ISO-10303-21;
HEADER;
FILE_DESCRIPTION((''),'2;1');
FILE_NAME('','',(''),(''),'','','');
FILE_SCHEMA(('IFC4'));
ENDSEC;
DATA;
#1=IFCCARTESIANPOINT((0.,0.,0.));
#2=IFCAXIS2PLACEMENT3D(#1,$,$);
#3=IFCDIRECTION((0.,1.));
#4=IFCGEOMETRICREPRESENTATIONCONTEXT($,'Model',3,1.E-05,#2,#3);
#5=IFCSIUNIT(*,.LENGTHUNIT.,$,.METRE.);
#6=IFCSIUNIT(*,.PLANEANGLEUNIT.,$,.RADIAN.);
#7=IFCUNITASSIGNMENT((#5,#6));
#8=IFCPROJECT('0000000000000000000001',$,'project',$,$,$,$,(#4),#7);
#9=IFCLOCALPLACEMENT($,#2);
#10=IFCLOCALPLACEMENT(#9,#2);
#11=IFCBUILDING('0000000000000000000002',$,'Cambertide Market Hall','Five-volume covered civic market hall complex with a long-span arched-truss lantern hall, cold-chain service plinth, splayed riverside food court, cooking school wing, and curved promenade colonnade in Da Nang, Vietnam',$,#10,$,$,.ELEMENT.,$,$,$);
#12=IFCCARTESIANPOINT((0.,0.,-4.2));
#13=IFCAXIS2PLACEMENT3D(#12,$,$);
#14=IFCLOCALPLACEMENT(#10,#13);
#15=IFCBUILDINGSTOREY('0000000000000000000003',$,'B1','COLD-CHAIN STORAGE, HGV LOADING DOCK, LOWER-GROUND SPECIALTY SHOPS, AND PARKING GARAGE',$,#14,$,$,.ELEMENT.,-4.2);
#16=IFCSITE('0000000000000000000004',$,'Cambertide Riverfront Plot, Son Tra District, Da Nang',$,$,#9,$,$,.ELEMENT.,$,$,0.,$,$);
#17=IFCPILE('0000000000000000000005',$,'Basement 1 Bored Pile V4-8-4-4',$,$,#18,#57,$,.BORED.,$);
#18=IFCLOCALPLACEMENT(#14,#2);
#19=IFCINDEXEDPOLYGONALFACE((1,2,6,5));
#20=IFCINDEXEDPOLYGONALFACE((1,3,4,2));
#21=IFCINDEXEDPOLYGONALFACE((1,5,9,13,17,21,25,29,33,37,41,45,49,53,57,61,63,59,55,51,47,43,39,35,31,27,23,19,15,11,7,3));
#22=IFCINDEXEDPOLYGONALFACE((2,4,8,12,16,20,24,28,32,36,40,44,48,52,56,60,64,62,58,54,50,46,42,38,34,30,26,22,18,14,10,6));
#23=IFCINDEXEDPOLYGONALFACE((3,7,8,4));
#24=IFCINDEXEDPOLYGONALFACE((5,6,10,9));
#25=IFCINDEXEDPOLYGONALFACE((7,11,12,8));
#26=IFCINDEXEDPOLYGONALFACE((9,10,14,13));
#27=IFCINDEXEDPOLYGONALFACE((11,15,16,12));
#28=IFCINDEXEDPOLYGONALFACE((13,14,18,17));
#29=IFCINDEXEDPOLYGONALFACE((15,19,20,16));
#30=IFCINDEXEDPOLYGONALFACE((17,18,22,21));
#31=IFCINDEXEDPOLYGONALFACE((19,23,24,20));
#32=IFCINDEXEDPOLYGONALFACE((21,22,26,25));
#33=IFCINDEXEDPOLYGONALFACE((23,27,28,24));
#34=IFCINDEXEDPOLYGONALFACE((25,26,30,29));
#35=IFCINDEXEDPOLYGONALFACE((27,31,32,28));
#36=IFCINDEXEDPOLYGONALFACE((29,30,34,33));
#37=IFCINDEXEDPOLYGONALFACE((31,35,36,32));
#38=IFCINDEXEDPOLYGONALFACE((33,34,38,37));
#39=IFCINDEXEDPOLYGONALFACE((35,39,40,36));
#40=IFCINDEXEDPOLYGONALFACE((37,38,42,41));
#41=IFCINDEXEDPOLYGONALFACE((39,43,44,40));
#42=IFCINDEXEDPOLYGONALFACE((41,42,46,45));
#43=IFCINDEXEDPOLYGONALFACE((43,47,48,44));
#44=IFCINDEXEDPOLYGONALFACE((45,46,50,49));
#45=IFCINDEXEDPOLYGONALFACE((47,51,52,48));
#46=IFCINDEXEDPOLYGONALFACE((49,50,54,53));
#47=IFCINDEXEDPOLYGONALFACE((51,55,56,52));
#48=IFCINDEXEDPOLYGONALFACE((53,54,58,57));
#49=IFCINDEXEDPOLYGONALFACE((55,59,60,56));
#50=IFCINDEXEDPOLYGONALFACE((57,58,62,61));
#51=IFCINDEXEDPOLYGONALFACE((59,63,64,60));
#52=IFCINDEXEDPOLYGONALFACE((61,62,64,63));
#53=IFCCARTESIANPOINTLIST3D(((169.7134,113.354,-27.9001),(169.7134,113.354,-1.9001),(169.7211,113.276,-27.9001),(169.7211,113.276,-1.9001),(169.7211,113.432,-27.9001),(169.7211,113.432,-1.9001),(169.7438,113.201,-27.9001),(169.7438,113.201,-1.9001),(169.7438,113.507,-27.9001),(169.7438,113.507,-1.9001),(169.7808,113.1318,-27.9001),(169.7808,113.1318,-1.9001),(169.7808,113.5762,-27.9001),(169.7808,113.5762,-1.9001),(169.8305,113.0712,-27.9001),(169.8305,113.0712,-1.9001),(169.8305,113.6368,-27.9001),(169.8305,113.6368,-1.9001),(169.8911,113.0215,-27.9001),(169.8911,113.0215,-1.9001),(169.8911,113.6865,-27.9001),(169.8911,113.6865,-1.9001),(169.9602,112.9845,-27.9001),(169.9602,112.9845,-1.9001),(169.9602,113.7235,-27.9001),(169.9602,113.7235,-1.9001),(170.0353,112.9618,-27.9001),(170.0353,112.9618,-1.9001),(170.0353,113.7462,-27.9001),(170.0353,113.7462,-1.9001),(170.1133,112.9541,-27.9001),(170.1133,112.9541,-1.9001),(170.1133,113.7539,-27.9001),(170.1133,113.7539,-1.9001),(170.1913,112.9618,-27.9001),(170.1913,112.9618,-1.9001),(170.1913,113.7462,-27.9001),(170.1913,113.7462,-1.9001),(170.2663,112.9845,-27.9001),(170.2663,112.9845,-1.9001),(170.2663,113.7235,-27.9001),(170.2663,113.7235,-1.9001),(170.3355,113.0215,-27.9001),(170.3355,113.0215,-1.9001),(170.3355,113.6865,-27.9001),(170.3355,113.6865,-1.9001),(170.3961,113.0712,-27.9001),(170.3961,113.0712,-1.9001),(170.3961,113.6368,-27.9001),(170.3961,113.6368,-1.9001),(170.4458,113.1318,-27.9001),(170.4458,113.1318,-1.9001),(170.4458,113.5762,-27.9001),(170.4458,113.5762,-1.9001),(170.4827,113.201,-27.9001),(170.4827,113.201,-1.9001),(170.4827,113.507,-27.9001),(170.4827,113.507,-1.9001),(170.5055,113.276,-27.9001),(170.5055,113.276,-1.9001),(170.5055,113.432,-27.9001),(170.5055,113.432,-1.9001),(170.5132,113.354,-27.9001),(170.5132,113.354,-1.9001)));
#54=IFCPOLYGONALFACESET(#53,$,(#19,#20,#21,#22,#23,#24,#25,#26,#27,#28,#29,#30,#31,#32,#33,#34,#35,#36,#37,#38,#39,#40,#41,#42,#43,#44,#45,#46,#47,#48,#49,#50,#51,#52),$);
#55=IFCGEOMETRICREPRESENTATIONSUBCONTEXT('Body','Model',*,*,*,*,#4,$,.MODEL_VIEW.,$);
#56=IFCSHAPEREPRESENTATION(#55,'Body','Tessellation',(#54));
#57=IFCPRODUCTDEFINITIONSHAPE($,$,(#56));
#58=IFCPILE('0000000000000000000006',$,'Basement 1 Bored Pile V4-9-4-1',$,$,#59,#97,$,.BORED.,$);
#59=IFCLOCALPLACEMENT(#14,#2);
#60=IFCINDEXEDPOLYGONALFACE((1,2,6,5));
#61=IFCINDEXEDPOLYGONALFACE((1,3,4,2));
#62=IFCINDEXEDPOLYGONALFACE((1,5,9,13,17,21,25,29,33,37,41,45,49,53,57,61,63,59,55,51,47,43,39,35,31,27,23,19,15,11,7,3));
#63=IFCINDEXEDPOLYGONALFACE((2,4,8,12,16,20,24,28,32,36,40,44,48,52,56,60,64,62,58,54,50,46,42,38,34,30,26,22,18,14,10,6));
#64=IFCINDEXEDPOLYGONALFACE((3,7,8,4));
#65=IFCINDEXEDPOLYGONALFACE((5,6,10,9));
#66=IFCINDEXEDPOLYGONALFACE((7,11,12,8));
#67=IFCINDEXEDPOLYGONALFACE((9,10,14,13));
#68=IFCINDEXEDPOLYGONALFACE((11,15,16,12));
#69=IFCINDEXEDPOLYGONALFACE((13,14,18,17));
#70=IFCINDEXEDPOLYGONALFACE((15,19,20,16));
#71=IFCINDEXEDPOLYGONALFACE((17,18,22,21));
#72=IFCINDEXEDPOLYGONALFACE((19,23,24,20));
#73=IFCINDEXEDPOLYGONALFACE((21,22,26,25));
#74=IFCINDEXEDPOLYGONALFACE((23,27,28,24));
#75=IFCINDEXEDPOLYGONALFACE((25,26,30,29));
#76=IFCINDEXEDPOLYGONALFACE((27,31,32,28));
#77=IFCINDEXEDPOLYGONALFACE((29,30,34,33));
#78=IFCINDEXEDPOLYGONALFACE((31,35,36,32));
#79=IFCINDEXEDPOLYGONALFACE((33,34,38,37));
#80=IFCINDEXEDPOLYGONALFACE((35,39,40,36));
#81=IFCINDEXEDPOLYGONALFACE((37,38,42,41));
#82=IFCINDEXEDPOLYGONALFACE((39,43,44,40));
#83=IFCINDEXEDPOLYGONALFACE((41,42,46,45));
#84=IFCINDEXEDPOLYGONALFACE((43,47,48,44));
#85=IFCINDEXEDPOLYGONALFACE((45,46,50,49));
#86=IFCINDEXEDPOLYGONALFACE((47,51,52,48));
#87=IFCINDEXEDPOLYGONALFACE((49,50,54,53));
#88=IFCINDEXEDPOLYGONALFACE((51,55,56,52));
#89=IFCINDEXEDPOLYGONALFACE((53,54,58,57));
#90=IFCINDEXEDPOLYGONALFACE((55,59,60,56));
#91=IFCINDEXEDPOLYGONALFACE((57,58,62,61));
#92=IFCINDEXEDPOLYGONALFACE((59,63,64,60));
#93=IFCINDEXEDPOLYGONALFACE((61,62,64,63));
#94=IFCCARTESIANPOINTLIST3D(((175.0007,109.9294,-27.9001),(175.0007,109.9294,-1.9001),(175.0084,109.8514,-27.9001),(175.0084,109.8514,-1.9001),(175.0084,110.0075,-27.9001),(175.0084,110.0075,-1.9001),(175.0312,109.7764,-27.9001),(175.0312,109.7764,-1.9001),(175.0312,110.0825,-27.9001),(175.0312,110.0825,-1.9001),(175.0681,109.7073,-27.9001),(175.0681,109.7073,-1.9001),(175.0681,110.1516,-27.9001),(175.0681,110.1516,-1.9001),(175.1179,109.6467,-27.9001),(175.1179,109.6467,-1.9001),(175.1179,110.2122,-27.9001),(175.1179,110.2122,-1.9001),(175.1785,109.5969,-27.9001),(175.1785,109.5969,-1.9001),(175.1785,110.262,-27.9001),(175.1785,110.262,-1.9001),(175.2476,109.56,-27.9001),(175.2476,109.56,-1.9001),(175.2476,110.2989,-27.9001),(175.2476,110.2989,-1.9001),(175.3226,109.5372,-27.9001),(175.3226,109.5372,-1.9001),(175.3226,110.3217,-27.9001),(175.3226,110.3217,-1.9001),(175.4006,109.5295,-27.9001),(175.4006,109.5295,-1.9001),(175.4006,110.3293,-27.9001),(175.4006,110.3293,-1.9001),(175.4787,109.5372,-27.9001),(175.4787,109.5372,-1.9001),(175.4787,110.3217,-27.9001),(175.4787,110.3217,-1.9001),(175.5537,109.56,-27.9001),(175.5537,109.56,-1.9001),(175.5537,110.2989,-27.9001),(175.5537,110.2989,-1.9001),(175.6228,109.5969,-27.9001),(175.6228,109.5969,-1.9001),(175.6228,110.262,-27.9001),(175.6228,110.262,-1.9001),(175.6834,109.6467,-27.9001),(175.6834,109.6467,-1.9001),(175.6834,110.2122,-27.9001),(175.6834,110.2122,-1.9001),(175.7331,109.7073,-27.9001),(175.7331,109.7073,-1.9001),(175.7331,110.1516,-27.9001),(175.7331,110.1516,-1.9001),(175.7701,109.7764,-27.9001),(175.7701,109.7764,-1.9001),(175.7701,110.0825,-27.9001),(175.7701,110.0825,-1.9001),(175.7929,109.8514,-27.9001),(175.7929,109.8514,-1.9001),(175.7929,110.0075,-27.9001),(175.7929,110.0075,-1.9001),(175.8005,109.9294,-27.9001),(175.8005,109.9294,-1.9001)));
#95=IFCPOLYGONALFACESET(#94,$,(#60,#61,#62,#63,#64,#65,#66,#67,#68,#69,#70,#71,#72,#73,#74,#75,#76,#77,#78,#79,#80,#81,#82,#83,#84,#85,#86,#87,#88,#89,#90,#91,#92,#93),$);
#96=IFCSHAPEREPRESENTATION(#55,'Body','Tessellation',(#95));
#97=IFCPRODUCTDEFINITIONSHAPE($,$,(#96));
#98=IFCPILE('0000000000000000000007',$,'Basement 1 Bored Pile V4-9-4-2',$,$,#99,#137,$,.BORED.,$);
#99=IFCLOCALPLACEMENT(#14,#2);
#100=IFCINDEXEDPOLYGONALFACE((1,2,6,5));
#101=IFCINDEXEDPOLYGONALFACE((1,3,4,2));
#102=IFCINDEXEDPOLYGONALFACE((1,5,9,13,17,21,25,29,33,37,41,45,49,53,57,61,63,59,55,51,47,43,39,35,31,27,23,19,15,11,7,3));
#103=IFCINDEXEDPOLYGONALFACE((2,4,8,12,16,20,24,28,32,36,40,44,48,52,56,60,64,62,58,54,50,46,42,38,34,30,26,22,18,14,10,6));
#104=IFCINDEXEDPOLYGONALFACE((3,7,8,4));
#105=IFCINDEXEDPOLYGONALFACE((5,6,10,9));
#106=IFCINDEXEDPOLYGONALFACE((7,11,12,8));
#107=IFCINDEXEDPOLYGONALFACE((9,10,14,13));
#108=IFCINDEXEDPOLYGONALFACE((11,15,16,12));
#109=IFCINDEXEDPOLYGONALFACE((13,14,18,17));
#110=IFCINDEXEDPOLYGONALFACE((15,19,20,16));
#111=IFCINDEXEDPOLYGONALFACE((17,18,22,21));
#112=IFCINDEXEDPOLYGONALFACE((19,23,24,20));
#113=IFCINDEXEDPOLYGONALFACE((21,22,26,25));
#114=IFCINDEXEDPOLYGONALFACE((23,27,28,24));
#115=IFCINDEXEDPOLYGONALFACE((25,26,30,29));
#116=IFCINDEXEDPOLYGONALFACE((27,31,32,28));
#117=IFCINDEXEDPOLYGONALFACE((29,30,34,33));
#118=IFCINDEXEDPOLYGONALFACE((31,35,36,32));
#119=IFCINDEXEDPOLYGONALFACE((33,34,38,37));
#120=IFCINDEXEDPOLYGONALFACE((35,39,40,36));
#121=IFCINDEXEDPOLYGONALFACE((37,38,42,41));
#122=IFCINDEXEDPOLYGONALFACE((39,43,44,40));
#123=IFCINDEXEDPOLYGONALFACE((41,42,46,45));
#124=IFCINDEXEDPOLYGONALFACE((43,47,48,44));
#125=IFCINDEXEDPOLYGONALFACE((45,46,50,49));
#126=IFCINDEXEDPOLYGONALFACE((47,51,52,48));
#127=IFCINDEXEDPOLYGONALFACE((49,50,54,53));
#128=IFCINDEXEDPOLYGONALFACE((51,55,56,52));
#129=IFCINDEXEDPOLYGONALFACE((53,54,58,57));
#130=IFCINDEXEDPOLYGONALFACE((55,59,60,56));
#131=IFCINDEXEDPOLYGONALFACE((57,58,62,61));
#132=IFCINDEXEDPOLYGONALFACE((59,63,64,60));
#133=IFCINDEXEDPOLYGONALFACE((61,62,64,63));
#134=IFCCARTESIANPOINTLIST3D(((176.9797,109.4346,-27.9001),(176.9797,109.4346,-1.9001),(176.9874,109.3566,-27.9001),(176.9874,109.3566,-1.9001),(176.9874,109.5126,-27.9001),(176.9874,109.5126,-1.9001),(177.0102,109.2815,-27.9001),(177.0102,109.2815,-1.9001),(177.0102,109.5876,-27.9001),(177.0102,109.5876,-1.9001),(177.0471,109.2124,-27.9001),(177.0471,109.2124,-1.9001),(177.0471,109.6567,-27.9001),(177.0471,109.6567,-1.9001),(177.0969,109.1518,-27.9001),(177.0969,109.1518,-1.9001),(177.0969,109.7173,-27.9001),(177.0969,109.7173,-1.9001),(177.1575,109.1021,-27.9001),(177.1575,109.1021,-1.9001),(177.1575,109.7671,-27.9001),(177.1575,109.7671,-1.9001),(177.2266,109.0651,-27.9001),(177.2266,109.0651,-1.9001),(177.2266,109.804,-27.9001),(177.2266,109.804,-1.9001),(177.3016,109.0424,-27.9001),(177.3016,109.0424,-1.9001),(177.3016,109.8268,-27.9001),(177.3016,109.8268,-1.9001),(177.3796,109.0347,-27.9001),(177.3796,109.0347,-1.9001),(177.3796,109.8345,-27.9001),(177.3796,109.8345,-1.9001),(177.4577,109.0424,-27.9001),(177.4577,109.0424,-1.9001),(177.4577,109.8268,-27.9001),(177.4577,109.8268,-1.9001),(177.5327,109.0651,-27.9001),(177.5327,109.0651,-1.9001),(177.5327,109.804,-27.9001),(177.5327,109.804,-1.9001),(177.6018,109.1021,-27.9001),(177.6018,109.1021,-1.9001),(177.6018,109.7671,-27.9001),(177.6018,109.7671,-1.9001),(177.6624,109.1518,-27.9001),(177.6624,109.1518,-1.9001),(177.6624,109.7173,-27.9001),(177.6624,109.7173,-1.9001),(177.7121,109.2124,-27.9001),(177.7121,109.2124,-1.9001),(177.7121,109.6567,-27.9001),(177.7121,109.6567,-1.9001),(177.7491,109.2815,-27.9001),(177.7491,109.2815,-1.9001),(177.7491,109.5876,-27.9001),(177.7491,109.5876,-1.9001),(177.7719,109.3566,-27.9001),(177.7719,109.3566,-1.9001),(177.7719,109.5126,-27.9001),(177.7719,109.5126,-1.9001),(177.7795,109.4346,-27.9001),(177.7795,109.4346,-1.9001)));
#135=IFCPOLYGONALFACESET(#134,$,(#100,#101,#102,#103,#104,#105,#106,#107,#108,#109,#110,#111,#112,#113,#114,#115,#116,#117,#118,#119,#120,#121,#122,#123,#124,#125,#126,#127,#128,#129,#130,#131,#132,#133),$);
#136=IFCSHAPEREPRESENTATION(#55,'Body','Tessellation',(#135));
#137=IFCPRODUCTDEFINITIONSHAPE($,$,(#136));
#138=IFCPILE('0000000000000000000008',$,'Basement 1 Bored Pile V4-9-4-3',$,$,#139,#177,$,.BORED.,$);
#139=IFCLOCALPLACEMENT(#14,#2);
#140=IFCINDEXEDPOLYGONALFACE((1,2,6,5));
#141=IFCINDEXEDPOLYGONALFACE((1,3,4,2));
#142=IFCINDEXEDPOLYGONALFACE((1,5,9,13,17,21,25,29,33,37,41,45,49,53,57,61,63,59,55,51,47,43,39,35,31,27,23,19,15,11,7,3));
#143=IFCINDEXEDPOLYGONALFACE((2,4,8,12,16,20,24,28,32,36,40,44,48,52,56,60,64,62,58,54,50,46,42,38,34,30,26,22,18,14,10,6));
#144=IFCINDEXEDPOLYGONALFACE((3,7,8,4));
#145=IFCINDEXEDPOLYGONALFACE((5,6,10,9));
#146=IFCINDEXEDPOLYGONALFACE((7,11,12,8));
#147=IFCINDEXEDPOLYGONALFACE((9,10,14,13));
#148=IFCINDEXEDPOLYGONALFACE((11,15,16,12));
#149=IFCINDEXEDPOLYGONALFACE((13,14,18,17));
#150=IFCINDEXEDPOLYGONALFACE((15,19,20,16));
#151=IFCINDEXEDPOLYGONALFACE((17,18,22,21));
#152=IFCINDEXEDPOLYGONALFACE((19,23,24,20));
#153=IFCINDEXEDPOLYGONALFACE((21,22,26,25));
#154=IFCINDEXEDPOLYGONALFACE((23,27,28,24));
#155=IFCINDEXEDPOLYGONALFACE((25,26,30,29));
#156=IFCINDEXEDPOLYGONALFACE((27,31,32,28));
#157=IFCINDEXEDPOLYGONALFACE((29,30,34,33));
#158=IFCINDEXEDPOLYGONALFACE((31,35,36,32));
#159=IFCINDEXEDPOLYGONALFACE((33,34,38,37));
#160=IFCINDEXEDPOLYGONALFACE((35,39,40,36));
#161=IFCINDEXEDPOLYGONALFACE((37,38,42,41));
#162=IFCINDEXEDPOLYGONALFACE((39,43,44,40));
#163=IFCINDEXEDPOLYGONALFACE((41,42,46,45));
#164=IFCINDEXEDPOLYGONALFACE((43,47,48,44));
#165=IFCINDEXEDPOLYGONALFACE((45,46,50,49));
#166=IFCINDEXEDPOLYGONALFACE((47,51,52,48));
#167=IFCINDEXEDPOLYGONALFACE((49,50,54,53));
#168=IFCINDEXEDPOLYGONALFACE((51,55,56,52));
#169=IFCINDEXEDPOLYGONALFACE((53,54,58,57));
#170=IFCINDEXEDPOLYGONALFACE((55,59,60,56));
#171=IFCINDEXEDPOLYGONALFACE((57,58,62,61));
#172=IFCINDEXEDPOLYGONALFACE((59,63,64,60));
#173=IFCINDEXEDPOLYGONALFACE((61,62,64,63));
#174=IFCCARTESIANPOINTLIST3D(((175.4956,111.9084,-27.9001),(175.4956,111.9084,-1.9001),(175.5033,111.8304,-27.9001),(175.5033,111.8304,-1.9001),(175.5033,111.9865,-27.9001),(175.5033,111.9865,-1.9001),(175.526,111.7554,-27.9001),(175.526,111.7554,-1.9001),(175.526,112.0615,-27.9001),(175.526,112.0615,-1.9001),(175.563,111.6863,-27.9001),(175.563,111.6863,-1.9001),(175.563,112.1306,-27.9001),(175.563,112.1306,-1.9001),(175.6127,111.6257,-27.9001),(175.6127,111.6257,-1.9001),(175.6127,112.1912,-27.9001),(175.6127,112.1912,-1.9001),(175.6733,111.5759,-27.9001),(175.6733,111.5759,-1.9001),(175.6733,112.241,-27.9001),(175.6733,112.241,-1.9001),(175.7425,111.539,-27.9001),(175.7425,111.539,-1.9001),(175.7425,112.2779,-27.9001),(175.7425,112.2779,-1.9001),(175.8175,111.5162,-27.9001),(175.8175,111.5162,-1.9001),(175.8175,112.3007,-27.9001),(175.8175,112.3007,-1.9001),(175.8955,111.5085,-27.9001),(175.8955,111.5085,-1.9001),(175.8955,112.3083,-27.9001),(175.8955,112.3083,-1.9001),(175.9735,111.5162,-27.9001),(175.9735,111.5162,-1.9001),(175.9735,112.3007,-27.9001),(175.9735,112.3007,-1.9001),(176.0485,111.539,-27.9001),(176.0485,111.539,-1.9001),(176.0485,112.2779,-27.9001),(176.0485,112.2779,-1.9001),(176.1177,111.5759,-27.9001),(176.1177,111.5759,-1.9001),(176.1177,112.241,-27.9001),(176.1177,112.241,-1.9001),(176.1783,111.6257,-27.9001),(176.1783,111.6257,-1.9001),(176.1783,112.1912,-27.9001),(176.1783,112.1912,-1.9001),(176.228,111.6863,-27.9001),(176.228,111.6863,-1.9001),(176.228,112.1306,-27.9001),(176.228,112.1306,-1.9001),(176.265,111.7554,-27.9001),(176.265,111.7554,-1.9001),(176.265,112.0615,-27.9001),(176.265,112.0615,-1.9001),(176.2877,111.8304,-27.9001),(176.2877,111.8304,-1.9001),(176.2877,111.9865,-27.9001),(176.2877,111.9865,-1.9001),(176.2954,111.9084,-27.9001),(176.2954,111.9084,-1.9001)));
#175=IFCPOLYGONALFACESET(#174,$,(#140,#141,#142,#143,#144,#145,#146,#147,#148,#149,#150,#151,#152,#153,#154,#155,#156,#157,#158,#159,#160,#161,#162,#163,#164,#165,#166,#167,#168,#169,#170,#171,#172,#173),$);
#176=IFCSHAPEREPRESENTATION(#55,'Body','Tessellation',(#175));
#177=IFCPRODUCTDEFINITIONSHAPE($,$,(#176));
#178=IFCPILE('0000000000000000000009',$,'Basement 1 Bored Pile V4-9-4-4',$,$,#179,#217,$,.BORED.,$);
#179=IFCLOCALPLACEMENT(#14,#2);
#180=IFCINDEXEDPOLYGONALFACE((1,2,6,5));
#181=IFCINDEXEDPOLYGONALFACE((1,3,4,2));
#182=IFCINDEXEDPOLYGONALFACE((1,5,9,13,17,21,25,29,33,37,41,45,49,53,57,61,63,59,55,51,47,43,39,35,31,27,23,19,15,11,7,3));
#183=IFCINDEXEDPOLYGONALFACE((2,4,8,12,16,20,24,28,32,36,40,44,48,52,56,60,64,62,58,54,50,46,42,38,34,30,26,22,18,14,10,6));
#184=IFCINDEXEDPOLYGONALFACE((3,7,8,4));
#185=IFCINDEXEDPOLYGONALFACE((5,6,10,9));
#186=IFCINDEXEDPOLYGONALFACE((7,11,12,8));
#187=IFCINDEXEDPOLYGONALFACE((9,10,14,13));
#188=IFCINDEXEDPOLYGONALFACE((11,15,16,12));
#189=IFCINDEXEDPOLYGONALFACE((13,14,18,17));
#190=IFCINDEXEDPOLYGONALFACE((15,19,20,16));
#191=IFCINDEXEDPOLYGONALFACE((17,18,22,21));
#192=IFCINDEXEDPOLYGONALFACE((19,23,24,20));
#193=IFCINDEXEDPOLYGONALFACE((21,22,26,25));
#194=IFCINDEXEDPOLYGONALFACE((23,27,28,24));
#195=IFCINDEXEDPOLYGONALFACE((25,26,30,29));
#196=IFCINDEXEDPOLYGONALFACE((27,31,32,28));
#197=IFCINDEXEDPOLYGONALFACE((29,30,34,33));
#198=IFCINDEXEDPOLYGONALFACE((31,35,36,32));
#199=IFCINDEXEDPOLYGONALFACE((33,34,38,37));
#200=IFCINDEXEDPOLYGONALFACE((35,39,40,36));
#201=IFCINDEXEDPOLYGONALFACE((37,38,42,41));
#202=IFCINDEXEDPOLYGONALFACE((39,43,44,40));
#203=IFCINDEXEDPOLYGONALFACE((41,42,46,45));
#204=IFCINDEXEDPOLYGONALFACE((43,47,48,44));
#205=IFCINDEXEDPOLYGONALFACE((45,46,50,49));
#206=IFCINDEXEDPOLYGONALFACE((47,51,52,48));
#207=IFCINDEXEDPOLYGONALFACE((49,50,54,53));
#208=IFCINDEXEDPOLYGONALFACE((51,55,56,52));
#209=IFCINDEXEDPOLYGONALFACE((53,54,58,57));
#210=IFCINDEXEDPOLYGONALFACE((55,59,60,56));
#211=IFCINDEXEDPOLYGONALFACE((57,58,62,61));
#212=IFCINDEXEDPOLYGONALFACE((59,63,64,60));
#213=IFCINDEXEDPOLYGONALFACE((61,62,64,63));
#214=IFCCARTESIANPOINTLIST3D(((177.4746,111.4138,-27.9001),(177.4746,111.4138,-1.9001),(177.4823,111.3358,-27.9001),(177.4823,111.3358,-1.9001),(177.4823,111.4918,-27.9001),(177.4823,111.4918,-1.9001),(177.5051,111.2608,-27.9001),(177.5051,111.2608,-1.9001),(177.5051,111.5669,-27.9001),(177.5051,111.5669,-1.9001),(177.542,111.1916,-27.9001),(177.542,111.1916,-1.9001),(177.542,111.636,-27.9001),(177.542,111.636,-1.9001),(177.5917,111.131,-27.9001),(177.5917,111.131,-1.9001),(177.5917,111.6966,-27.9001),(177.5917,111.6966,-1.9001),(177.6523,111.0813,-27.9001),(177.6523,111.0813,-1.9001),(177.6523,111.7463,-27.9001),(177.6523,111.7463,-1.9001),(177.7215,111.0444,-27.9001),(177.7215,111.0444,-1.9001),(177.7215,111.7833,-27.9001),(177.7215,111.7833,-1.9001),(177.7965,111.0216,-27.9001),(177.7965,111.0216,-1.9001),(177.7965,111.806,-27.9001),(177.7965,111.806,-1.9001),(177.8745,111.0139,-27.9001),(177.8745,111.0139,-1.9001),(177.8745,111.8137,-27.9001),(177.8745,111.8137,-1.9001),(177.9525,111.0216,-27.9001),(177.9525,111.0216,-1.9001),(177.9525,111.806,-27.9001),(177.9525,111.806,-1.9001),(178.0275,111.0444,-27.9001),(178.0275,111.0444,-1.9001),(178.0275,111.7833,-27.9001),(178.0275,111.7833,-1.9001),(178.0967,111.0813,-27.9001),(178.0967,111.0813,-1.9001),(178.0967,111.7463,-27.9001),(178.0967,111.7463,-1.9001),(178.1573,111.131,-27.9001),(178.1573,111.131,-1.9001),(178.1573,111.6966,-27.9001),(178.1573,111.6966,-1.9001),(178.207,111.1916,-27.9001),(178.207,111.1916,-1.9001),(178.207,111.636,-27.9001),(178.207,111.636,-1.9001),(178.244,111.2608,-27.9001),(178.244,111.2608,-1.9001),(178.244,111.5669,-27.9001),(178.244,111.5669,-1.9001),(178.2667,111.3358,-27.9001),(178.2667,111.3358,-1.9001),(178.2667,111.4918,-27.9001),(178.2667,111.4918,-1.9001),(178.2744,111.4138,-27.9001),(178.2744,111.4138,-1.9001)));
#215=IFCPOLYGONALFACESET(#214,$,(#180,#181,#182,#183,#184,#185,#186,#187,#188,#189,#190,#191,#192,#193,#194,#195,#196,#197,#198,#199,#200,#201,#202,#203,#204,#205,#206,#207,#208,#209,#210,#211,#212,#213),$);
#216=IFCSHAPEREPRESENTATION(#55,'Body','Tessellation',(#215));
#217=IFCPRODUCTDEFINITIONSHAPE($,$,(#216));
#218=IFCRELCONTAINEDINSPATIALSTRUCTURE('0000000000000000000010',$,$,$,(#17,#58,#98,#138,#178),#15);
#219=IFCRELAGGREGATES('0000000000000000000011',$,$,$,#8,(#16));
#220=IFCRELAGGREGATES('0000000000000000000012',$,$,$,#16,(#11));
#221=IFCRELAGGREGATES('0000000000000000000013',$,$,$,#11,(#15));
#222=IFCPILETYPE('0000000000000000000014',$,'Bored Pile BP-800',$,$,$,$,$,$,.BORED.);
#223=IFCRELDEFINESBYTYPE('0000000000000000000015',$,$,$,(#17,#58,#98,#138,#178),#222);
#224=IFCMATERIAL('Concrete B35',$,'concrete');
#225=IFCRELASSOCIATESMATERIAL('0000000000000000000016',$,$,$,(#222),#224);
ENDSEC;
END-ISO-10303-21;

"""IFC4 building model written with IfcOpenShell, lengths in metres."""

from ifc_helpers import new_model, si_unit, direction, frame, origin, origin_2d, place, context, subcontext, project, spatial, circle, extrude, material, material_profile, profile_set, type_object, element, save


model = new_model("IFC4")

# Units and contexts
model_context = context("Model", 3, precision=1e-05, world=origin(), true_north=direction((0.0, 1.0)))
body_context = subcontext(model_context, "Body", "Model", "MODEL_VIEW")
ifc_project = project(units=[si_unit("LENGTHUNIT", "METRE"), si_unit("PLANEANGLEUNIT", "RADIAN")], contexts=[model_context])

# Site, building, storey
site_placement = place(None, origin())
site = spatial("IfcSite", under=ifc_project, at=site_placement, Name="Cambertide Riverfront Plot, Son Tra District, Da Nang", CompositionType="ELEMENT", RefElevation=0.0)
building_placement = place(site_placement, origin())
building = spatial("IfcBuilding", under=site, at=building_placement, Name="Cambertide Market Hall", Description="Five-volume covered civic market hall complex with a long-span arched-truss lantern hall, cold-chain service plinth, splayed riverside food court, cooking school wing, and curved promenade colonnade in Da Nang, Vietnam", CompositionType="ELEMENT")
storey_placement = place(building_placement, frame((0.0, 0.0, -4.2)))
storey = spatial("IfcBuildingStorey", under=building, at=storey_placement, Name="B1", Description="COLD-CHAIN STORAGE, HGV LOADING DOCK, LOWER-GROUND SPECIALTY SHOPS, AND PARKING GARAGE", CompositionType="ELEMENT", Elevation=-4.2)

# Piles
ifc_material_1 = material(Name="Concrete B35", Category="concrete")
ifc_material_profile_1 = material_profile(ifc_material_1, circle(Radius=0.3999, at=origin_2d()), Name="BP D800")
ifc_profile_set_1 = profile_set([ifc_material_profile_1], Name="Concrete B35")
pile_type = type_object("IfcPileType", Name="Bored Pile BP-800", PredefinedType="BORED", material=ifc_profile_set_1)
for number, where, z_axis, x_axis, name in (
    (1, (170.1133, 113.354, -1.9001), (0.0, 0.0, -1.0), (1.0, 0.0, 0.0), "Basement 1 Bored Pile V4-8-4-4"),
    (2, (175.4006, 109.9294, -1.9001), (0.0, 0.0, -1.0), (1.0, 0.0, 0.0), "Basement 1 Bored Pile V4-9-4-1"),
    (3, (177.3796, 109.4346, -1.9001), (0.0, 0.0, -1.0), (1.0, 0.0, 0.0), "Basement 1 Bored Pile V4-9-4-2"),
    (4, (175.8955, 111.9084, -1.9001), (0.0, 0.0, -1.0), (1.0, 0.0, 0.0), "Basement 1 Bored Pile V4-9-4-3"),
    (5, (177.8745, 111.4138, -1.9001), (0.0, 0.0, -1.0), (1.0, 0.0, 0.0), "Basement 1 Bored Pile V4-9-4-4"),
):
    element("IfcPile", number, at=place(storey_placement, frame(where, z_axis=z_axis, x_axis=x_axis)), inside=storey, type_object=pile_type, Name=name, PredefinedType="BORED", context=body_context, shape_type="SweptSolid", body=[
        extrude(circle(Radius=0.3999, at=origin_2d()), origin(), (0.0, 0.0, 1.0), 26.0),
    ])

save(model, "model.ifc")
